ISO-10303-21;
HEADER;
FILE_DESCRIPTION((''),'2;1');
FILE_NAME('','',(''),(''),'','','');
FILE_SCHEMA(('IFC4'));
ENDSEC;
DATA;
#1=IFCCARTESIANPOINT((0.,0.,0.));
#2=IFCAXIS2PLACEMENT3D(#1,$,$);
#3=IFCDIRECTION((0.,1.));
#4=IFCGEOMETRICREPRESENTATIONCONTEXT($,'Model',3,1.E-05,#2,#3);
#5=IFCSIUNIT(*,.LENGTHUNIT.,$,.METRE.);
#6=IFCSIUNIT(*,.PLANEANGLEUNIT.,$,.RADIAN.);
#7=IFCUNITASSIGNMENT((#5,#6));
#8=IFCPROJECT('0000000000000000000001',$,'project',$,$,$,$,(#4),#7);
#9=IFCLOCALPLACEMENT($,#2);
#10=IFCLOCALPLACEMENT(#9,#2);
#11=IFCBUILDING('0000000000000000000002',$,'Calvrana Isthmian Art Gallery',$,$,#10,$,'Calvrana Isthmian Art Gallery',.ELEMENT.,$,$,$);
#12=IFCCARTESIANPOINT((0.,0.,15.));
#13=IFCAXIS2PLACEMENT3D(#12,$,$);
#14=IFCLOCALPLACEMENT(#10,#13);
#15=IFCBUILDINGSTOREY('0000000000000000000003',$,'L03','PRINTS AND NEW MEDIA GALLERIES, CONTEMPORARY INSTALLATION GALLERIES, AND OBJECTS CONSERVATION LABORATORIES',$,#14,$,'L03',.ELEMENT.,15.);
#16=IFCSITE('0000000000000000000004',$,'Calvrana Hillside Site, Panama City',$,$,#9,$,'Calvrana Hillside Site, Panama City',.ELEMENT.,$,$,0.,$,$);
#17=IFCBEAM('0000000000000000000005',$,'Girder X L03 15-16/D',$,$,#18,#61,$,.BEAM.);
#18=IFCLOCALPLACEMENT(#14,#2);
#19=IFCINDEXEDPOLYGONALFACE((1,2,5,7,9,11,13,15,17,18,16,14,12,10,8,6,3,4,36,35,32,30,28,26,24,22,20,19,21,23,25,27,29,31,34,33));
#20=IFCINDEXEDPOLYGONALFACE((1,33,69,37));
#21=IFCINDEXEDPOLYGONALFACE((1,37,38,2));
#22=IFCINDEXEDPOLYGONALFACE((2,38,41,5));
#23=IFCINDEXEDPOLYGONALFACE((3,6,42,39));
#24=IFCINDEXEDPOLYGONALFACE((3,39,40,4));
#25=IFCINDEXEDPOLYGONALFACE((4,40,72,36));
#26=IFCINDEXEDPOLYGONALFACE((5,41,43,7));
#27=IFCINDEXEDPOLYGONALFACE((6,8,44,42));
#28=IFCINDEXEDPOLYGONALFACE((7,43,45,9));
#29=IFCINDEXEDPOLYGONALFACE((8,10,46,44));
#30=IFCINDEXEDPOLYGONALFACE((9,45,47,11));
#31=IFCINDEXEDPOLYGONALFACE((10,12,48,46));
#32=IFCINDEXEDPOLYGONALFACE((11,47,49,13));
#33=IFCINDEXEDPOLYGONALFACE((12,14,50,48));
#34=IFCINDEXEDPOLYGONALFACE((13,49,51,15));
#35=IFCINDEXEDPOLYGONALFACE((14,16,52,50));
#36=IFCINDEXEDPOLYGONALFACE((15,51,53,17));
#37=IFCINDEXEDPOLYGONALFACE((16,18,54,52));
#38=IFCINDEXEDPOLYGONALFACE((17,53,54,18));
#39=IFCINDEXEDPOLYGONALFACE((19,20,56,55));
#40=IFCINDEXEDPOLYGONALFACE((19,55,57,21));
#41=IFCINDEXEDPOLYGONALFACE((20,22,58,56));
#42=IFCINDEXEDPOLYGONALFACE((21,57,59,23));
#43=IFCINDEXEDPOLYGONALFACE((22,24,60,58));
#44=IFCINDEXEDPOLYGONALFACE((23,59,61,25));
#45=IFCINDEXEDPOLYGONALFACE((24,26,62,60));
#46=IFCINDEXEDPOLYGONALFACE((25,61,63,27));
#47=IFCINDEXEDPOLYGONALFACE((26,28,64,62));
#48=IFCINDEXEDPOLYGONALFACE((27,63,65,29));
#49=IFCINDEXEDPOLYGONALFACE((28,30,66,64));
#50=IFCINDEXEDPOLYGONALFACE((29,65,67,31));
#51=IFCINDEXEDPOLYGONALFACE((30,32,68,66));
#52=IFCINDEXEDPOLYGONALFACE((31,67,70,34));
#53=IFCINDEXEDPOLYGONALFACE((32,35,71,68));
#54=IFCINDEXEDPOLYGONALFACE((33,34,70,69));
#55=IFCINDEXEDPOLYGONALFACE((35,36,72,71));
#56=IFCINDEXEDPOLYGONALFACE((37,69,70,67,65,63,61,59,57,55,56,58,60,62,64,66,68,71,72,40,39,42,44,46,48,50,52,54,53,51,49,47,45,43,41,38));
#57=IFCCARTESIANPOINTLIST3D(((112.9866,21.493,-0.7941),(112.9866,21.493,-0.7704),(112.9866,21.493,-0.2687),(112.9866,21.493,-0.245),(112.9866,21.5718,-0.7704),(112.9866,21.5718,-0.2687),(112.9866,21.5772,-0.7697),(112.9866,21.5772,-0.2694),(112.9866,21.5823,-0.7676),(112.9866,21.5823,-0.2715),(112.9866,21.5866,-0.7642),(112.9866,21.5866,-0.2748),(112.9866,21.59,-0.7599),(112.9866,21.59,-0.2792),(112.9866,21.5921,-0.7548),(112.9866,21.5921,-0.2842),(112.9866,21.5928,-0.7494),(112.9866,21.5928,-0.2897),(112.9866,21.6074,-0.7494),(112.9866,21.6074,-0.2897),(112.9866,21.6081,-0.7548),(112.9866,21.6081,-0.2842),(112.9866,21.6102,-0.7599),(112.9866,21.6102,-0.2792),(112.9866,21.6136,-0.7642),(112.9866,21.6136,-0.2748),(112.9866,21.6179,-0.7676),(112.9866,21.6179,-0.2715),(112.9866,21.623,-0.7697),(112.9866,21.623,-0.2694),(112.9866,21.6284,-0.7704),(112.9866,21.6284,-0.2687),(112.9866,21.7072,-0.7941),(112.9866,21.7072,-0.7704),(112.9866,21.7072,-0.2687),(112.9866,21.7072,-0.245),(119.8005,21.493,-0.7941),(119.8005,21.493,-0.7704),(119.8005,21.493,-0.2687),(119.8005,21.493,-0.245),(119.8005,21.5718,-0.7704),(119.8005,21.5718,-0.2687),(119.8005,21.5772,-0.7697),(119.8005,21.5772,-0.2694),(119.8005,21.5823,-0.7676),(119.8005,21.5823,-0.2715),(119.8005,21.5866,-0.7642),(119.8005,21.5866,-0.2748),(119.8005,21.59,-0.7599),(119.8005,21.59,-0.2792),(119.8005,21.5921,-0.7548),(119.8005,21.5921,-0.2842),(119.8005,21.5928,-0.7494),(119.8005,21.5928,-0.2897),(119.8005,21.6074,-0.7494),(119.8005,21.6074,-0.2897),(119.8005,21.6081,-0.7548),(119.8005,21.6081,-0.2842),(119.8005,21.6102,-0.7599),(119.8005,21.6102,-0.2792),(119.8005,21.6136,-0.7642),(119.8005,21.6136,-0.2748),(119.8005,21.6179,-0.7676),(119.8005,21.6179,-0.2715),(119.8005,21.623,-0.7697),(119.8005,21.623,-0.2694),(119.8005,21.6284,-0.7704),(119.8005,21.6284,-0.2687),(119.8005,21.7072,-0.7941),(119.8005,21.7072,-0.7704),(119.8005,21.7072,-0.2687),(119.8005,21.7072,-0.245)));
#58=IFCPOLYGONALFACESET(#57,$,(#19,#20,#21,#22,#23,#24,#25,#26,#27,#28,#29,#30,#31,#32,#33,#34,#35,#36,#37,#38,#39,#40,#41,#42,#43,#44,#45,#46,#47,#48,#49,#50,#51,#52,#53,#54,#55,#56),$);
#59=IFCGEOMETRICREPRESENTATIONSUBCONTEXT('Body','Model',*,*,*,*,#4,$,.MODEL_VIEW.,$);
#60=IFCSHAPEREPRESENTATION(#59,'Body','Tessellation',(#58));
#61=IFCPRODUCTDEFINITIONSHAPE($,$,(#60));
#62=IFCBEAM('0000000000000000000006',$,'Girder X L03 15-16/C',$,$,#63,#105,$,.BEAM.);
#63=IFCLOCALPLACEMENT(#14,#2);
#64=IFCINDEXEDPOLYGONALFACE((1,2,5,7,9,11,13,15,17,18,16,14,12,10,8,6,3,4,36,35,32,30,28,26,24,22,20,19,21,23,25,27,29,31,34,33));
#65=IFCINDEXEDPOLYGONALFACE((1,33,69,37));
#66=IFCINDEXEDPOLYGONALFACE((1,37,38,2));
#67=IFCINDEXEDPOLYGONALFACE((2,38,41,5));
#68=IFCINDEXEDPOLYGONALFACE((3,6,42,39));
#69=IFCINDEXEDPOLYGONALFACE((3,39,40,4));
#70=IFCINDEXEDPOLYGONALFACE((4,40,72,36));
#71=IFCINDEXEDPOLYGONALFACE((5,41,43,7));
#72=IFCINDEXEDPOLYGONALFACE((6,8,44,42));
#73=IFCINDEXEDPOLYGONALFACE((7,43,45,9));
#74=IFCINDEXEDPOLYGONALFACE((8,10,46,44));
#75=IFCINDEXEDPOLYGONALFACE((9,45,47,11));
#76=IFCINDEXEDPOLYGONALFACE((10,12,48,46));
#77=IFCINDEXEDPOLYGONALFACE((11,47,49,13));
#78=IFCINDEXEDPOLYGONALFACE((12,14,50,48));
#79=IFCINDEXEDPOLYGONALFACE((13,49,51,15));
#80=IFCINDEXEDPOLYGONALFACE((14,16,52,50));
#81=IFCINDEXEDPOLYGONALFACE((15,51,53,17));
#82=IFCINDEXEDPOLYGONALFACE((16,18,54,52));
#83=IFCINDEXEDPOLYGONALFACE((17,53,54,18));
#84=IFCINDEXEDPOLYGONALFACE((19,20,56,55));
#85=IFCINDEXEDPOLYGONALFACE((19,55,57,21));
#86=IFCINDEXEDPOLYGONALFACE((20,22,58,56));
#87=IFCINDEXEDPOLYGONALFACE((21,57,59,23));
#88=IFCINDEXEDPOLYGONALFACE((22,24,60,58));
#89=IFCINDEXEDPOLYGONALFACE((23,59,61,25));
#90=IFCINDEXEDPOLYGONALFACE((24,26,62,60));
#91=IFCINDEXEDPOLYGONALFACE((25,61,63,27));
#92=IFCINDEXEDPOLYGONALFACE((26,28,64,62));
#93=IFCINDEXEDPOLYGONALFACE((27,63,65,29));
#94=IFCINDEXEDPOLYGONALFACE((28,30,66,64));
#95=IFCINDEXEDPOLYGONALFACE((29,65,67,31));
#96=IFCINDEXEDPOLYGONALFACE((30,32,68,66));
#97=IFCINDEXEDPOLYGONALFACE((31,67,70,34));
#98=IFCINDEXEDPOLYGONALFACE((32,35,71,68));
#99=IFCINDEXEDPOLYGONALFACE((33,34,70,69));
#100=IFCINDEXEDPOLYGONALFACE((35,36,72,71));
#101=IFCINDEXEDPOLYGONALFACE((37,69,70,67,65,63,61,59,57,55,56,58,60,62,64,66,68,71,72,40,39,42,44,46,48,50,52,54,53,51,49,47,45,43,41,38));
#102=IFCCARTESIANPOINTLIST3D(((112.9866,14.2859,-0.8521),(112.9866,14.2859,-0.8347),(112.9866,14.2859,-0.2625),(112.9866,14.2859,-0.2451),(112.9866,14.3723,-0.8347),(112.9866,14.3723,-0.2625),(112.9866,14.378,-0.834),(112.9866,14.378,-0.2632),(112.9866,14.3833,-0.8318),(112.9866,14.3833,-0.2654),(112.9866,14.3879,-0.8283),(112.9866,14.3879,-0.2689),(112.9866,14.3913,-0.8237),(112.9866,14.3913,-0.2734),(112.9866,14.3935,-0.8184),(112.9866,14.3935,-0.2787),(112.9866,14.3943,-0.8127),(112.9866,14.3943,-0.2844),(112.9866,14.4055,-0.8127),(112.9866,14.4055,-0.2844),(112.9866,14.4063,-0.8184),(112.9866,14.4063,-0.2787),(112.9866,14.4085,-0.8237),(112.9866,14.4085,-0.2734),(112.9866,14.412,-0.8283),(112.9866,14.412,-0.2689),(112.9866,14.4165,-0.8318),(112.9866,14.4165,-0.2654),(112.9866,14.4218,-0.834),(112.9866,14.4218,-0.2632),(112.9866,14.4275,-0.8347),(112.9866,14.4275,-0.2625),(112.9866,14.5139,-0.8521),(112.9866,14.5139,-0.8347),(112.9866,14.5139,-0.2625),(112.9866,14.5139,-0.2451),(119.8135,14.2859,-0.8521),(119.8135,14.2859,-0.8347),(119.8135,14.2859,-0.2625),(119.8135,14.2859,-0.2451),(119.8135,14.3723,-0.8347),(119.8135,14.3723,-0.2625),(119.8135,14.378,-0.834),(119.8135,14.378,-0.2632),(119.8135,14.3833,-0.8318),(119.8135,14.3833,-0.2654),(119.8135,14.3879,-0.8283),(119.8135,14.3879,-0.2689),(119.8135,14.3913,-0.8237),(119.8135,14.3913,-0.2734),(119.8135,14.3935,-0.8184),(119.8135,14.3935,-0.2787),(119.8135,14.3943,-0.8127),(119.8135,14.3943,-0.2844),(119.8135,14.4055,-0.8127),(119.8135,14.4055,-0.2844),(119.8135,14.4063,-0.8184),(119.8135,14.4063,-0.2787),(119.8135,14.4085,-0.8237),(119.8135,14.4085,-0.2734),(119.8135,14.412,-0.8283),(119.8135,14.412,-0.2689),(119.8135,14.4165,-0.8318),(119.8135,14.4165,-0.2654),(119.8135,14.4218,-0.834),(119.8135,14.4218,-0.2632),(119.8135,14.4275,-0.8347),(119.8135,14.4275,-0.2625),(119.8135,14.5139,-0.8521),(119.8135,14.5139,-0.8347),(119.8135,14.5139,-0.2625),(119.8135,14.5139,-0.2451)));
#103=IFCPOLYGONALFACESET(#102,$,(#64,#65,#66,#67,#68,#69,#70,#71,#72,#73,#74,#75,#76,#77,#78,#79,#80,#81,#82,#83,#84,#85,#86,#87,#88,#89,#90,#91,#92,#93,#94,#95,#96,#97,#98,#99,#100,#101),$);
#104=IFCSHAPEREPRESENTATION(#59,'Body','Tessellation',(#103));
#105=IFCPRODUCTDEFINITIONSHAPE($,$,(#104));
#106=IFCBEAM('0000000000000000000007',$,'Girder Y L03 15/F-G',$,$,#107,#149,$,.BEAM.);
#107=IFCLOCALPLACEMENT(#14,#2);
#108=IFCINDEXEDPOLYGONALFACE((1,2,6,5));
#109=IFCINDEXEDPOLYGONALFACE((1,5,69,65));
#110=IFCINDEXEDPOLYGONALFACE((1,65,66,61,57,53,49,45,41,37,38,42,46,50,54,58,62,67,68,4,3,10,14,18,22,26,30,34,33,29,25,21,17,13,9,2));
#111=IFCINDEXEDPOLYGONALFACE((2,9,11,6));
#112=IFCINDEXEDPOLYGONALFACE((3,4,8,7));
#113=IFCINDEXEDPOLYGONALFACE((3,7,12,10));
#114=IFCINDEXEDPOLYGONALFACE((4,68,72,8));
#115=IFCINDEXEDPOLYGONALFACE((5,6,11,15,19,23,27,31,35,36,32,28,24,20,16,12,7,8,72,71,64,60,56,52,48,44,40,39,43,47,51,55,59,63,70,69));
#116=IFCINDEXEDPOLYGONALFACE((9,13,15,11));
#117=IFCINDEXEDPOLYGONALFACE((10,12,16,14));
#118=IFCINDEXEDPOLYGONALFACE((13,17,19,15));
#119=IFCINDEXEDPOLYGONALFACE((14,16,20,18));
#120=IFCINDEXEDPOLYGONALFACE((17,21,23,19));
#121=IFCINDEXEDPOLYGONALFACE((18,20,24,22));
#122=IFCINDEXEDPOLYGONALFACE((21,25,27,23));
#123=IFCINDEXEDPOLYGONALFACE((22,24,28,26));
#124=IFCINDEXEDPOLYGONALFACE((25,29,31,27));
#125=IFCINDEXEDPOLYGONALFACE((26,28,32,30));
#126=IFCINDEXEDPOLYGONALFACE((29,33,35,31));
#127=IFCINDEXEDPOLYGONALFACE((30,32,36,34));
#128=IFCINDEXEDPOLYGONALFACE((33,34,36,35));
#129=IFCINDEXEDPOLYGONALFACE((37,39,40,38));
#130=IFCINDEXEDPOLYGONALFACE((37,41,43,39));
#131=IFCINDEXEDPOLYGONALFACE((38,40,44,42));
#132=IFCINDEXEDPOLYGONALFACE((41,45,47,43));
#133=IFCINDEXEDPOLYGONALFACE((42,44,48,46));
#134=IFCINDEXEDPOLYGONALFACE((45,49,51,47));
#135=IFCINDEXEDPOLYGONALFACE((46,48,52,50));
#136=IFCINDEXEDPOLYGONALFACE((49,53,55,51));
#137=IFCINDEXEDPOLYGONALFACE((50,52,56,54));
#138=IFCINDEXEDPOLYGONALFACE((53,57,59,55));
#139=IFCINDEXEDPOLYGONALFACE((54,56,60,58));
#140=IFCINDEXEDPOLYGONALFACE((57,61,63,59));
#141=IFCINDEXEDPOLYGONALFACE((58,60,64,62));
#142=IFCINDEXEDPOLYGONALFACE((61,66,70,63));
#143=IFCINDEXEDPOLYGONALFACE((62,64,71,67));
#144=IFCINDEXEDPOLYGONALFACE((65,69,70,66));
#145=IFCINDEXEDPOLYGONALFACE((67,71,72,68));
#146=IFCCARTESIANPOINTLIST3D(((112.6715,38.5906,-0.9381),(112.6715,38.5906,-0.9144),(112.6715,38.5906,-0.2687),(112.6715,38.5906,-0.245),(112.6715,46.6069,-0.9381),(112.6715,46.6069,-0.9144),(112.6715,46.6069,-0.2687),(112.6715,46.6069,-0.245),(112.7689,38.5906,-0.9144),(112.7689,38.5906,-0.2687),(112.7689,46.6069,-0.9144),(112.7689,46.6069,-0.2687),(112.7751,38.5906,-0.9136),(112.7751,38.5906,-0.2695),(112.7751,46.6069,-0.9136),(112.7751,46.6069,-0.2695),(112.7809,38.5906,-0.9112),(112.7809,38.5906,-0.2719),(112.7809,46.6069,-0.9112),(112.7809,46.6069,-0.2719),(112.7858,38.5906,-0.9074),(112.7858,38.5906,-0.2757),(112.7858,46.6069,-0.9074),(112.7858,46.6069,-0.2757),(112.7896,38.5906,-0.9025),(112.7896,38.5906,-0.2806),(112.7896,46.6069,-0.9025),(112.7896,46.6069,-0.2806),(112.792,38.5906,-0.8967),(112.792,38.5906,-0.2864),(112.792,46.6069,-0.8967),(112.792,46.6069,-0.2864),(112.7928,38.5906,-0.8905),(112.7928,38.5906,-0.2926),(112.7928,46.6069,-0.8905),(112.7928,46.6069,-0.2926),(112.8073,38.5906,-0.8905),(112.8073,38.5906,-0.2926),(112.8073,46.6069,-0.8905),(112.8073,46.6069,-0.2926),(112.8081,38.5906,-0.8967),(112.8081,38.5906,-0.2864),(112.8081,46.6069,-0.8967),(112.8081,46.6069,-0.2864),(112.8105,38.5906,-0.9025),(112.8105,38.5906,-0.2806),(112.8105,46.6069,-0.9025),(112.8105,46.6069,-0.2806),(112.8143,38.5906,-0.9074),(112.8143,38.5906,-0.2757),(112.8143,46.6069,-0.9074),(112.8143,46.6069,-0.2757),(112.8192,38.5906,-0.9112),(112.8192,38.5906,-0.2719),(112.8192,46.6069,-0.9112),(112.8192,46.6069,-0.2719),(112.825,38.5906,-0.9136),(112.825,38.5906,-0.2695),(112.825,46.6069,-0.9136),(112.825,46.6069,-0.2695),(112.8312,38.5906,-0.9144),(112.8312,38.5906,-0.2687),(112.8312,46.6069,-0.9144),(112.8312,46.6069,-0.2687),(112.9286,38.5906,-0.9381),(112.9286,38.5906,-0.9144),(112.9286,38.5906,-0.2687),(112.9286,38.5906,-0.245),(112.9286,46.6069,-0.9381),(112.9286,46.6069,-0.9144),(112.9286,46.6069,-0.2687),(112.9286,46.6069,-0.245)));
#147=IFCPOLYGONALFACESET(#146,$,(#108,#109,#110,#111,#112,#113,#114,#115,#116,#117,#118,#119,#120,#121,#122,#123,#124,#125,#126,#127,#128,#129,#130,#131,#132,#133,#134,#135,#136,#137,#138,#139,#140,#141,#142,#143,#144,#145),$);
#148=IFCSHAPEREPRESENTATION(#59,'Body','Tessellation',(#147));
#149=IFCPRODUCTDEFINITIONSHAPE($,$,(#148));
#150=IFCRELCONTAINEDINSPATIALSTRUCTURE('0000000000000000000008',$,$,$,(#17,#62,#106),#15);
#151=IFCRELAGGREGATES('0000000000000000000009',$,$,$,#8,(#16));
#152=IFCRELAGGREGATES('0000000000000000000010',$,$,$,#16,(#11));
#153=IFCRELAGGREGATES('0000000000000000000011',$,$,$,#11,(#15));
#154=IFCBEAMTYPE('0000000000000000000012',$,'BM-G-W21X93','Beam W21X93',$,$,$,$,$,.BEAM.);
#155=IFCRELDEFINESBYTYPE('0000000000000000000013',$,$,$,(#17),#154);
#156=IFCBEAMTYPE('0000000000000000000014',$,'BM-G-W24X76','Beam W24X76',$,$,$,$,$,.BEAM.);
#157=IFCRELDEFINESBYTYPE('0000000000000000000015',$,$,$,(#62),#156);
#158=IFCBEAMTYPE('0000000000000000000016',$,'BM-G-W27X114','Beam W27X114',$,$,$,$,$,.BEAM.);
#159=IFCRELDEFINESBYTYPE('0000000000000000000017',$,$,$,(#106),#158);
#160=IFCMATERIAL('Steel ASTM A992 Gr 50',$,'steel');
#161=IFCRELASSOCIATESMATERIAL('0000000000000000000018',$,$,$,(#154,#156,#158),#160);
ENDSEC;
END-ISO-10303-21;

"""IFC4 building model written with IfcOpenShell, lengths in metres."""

from ifc_helpers import new_model, si_unit, direction, frame, origin, origin_2d, place, context, subcontext, project, spatial, i_section, extrude, material, material_profile, profile_set, type_object, element, save


model = new_model("IFC4")

# Units and contexts
model_context = context("Model", 3, precision=1e-05, world=origin(), true_north=direction((0.0, 1.0)))
body_context = subcontext(model_context, "Body", "Model", "MODEL_VIEW")
ifc_project = project(units=[si_unit("LENGTHUNIT", "METRE"), si_unit("PLANEANGLEUNIT", "RADIAN")], contexts=[model_context])

# Site, building, storey
site_placement = place(None, origin())
site = spatial("IfcSite", under=ifc_project, at=site_placement, Name="Calvrana Hillside Site, Panama City", LongName="Calvrana Hillside Site, Panama City", CompositionType="ELEMENT", RefElevation=0.0)
building_placement = place(site_placement, origin())
building = spatial("IfcBuilding", under=site, at=building_placement, Name="Calvrana Isthmian Art Gallery", LongName="Calvrana Isthmian Art Gallery", CompositionType="ELEMENT")
storey_placement = place(building_placement, frame((0.0, 0.0, 15.0)))
storey = spatial("IfcBuildingStorey", under=building, at=storey_placement, Name="L03", Description="PRINTS AND NEW MEDIA GALLERIES, CONTEMPORARY INSTALLATION GALLERIES, AND OBJECTS CONSERVATION LABORATORIES", LongName="L03", CompositionType="ELEMENT", Elevation=15.0)

# Shared definitions
ifc_material_1 = material(Name="Steel ASTM A992 Gr 50", Category="steel")

# Beams
ifc_material_profile_1 = material_profile(ifc_material_1, i_section(OverallWidth=0.2141, OverallDepth=0.5491, WebThickness=0.0146, FlangeThickness=0.0237, FilletRadius=0.021, at=origin_2d()), Name="W21X93")
ifc_profile_set_1 = profile_set([ifc_material_profile_1], Name="Steel ASTM A992 Gr 50")
beam_type_1 = type_object("IfcBeamType", Name="BM-G-W21X93", Description="Beam W21X93", PredefinedType="BEAM", material=ifc_profile_set_1)
beam_1_placement = place(storey_placement, frame((112.9866, 21.6001, -0.5195), z_axis=(1.0, 0.0, 0.0), x_axis=(0.0, 1.0, 0.0)))
element("IfcBeam", 1, at=beam_1_placement, inside=storey, type_object=beam_type_1, Name="Girder X L03 15-16/D", PredefinedType="BEAM", context=body_context, shape_type="SweptSolid", body=[
    extrude(i_section(OverallWidth=0.2141, OverallDepth=0.5491, WebThickness=0.0146, FlangeThickness=0.0237, FilletRadius=0.021, at=origin_2d()), origin(), (0.0, 0.0, 1.0), 6.814),
])
ifc_material_profile_2 = material_profile(ifc_material_1, i_section(OverallWidth=0.228, OverallDepth=0.6069, WebThickness=0.0112, FlangeThickness=0.0173, FilletRadius=0.022, at=origin_2d()), Name="W24X76")
ifc_profile_set_2 = profile_set([ifc_material_profile_2], Name="Steel ASTM A992 Gr 50")
beam_type_2 = type_object("IfcBeamType", Name="BM-G-W24X76", Description="Beam W24X76", PredefinedType="BEAM", material=ifc_profile_set_2)
beam_2_placement = place(storey_placement, frame((112.9866, 14.3999, -0.5486), z_axis=(1.0, 0.0, 0.0), x_axis=(0.0, 1.0, 0.0)))
element("IfcBeam", 2, at=beam_2_placement, inside=storey, type_object=beam_type_2, Name="Girder X L03 15-16/C", PredefinedType="BEAM", context=body_context, shape_type="SweptSolid", body=[
    extrude(i_section(OverallWidth=0.228, OverallDepth=0.6069, WebThickness=0.0112, FlangeThickness=0.0173, FilletRadius=0.022, at=origin_2d()), origin(), (0.0, 0.0, 1.0), 6.8269),
])
ifc_material_profile_3 = material_profile(ifc_material_1, i_section(OverallWidth=0.2571, OverallDepth=0.6931, WebThickness=0.0144, FlangeThickness=0.0237, FilletRadius=0.0239, at=origin_2d()), Name="W27X114")
ifc_profile_set_3 = profile_set([ifc_material_profile_3], Name="Steel ASTM A992 Gr 50")
beam_type_3 = type_object("IfcBeamType", Name="BM-G-W27X114", Description="Beam W27X114", PredefinedType="BEAM", material=ifc_profile_set_3)
beam_3_placement = place(storey_placement, frame((112.8, 38.5906, -0.5916), z_axis=(0.0, 1.0, 0.0), x_axis=(-1.0, 0.0, 0.0)))
element("IfcBeam", 3, at=beam_3_placement, inside=storey, type_object=beam_type_3, Name="Girder Y L03 15/F-G", PredefinedType="BEAM", context=body_context, shape_type="SweptSolid", body=[
    extrude(i_section(OverallWidth=0.2571, OverallDepth=0.6931, WebThickness=0.0144, FlangeThickness=0.0237, FilletRadius=0.0239, at=origin_2d()), origin(), (0.0, 0.0, 1.0), 8.0164),
])

save(model, "model.ifc")
